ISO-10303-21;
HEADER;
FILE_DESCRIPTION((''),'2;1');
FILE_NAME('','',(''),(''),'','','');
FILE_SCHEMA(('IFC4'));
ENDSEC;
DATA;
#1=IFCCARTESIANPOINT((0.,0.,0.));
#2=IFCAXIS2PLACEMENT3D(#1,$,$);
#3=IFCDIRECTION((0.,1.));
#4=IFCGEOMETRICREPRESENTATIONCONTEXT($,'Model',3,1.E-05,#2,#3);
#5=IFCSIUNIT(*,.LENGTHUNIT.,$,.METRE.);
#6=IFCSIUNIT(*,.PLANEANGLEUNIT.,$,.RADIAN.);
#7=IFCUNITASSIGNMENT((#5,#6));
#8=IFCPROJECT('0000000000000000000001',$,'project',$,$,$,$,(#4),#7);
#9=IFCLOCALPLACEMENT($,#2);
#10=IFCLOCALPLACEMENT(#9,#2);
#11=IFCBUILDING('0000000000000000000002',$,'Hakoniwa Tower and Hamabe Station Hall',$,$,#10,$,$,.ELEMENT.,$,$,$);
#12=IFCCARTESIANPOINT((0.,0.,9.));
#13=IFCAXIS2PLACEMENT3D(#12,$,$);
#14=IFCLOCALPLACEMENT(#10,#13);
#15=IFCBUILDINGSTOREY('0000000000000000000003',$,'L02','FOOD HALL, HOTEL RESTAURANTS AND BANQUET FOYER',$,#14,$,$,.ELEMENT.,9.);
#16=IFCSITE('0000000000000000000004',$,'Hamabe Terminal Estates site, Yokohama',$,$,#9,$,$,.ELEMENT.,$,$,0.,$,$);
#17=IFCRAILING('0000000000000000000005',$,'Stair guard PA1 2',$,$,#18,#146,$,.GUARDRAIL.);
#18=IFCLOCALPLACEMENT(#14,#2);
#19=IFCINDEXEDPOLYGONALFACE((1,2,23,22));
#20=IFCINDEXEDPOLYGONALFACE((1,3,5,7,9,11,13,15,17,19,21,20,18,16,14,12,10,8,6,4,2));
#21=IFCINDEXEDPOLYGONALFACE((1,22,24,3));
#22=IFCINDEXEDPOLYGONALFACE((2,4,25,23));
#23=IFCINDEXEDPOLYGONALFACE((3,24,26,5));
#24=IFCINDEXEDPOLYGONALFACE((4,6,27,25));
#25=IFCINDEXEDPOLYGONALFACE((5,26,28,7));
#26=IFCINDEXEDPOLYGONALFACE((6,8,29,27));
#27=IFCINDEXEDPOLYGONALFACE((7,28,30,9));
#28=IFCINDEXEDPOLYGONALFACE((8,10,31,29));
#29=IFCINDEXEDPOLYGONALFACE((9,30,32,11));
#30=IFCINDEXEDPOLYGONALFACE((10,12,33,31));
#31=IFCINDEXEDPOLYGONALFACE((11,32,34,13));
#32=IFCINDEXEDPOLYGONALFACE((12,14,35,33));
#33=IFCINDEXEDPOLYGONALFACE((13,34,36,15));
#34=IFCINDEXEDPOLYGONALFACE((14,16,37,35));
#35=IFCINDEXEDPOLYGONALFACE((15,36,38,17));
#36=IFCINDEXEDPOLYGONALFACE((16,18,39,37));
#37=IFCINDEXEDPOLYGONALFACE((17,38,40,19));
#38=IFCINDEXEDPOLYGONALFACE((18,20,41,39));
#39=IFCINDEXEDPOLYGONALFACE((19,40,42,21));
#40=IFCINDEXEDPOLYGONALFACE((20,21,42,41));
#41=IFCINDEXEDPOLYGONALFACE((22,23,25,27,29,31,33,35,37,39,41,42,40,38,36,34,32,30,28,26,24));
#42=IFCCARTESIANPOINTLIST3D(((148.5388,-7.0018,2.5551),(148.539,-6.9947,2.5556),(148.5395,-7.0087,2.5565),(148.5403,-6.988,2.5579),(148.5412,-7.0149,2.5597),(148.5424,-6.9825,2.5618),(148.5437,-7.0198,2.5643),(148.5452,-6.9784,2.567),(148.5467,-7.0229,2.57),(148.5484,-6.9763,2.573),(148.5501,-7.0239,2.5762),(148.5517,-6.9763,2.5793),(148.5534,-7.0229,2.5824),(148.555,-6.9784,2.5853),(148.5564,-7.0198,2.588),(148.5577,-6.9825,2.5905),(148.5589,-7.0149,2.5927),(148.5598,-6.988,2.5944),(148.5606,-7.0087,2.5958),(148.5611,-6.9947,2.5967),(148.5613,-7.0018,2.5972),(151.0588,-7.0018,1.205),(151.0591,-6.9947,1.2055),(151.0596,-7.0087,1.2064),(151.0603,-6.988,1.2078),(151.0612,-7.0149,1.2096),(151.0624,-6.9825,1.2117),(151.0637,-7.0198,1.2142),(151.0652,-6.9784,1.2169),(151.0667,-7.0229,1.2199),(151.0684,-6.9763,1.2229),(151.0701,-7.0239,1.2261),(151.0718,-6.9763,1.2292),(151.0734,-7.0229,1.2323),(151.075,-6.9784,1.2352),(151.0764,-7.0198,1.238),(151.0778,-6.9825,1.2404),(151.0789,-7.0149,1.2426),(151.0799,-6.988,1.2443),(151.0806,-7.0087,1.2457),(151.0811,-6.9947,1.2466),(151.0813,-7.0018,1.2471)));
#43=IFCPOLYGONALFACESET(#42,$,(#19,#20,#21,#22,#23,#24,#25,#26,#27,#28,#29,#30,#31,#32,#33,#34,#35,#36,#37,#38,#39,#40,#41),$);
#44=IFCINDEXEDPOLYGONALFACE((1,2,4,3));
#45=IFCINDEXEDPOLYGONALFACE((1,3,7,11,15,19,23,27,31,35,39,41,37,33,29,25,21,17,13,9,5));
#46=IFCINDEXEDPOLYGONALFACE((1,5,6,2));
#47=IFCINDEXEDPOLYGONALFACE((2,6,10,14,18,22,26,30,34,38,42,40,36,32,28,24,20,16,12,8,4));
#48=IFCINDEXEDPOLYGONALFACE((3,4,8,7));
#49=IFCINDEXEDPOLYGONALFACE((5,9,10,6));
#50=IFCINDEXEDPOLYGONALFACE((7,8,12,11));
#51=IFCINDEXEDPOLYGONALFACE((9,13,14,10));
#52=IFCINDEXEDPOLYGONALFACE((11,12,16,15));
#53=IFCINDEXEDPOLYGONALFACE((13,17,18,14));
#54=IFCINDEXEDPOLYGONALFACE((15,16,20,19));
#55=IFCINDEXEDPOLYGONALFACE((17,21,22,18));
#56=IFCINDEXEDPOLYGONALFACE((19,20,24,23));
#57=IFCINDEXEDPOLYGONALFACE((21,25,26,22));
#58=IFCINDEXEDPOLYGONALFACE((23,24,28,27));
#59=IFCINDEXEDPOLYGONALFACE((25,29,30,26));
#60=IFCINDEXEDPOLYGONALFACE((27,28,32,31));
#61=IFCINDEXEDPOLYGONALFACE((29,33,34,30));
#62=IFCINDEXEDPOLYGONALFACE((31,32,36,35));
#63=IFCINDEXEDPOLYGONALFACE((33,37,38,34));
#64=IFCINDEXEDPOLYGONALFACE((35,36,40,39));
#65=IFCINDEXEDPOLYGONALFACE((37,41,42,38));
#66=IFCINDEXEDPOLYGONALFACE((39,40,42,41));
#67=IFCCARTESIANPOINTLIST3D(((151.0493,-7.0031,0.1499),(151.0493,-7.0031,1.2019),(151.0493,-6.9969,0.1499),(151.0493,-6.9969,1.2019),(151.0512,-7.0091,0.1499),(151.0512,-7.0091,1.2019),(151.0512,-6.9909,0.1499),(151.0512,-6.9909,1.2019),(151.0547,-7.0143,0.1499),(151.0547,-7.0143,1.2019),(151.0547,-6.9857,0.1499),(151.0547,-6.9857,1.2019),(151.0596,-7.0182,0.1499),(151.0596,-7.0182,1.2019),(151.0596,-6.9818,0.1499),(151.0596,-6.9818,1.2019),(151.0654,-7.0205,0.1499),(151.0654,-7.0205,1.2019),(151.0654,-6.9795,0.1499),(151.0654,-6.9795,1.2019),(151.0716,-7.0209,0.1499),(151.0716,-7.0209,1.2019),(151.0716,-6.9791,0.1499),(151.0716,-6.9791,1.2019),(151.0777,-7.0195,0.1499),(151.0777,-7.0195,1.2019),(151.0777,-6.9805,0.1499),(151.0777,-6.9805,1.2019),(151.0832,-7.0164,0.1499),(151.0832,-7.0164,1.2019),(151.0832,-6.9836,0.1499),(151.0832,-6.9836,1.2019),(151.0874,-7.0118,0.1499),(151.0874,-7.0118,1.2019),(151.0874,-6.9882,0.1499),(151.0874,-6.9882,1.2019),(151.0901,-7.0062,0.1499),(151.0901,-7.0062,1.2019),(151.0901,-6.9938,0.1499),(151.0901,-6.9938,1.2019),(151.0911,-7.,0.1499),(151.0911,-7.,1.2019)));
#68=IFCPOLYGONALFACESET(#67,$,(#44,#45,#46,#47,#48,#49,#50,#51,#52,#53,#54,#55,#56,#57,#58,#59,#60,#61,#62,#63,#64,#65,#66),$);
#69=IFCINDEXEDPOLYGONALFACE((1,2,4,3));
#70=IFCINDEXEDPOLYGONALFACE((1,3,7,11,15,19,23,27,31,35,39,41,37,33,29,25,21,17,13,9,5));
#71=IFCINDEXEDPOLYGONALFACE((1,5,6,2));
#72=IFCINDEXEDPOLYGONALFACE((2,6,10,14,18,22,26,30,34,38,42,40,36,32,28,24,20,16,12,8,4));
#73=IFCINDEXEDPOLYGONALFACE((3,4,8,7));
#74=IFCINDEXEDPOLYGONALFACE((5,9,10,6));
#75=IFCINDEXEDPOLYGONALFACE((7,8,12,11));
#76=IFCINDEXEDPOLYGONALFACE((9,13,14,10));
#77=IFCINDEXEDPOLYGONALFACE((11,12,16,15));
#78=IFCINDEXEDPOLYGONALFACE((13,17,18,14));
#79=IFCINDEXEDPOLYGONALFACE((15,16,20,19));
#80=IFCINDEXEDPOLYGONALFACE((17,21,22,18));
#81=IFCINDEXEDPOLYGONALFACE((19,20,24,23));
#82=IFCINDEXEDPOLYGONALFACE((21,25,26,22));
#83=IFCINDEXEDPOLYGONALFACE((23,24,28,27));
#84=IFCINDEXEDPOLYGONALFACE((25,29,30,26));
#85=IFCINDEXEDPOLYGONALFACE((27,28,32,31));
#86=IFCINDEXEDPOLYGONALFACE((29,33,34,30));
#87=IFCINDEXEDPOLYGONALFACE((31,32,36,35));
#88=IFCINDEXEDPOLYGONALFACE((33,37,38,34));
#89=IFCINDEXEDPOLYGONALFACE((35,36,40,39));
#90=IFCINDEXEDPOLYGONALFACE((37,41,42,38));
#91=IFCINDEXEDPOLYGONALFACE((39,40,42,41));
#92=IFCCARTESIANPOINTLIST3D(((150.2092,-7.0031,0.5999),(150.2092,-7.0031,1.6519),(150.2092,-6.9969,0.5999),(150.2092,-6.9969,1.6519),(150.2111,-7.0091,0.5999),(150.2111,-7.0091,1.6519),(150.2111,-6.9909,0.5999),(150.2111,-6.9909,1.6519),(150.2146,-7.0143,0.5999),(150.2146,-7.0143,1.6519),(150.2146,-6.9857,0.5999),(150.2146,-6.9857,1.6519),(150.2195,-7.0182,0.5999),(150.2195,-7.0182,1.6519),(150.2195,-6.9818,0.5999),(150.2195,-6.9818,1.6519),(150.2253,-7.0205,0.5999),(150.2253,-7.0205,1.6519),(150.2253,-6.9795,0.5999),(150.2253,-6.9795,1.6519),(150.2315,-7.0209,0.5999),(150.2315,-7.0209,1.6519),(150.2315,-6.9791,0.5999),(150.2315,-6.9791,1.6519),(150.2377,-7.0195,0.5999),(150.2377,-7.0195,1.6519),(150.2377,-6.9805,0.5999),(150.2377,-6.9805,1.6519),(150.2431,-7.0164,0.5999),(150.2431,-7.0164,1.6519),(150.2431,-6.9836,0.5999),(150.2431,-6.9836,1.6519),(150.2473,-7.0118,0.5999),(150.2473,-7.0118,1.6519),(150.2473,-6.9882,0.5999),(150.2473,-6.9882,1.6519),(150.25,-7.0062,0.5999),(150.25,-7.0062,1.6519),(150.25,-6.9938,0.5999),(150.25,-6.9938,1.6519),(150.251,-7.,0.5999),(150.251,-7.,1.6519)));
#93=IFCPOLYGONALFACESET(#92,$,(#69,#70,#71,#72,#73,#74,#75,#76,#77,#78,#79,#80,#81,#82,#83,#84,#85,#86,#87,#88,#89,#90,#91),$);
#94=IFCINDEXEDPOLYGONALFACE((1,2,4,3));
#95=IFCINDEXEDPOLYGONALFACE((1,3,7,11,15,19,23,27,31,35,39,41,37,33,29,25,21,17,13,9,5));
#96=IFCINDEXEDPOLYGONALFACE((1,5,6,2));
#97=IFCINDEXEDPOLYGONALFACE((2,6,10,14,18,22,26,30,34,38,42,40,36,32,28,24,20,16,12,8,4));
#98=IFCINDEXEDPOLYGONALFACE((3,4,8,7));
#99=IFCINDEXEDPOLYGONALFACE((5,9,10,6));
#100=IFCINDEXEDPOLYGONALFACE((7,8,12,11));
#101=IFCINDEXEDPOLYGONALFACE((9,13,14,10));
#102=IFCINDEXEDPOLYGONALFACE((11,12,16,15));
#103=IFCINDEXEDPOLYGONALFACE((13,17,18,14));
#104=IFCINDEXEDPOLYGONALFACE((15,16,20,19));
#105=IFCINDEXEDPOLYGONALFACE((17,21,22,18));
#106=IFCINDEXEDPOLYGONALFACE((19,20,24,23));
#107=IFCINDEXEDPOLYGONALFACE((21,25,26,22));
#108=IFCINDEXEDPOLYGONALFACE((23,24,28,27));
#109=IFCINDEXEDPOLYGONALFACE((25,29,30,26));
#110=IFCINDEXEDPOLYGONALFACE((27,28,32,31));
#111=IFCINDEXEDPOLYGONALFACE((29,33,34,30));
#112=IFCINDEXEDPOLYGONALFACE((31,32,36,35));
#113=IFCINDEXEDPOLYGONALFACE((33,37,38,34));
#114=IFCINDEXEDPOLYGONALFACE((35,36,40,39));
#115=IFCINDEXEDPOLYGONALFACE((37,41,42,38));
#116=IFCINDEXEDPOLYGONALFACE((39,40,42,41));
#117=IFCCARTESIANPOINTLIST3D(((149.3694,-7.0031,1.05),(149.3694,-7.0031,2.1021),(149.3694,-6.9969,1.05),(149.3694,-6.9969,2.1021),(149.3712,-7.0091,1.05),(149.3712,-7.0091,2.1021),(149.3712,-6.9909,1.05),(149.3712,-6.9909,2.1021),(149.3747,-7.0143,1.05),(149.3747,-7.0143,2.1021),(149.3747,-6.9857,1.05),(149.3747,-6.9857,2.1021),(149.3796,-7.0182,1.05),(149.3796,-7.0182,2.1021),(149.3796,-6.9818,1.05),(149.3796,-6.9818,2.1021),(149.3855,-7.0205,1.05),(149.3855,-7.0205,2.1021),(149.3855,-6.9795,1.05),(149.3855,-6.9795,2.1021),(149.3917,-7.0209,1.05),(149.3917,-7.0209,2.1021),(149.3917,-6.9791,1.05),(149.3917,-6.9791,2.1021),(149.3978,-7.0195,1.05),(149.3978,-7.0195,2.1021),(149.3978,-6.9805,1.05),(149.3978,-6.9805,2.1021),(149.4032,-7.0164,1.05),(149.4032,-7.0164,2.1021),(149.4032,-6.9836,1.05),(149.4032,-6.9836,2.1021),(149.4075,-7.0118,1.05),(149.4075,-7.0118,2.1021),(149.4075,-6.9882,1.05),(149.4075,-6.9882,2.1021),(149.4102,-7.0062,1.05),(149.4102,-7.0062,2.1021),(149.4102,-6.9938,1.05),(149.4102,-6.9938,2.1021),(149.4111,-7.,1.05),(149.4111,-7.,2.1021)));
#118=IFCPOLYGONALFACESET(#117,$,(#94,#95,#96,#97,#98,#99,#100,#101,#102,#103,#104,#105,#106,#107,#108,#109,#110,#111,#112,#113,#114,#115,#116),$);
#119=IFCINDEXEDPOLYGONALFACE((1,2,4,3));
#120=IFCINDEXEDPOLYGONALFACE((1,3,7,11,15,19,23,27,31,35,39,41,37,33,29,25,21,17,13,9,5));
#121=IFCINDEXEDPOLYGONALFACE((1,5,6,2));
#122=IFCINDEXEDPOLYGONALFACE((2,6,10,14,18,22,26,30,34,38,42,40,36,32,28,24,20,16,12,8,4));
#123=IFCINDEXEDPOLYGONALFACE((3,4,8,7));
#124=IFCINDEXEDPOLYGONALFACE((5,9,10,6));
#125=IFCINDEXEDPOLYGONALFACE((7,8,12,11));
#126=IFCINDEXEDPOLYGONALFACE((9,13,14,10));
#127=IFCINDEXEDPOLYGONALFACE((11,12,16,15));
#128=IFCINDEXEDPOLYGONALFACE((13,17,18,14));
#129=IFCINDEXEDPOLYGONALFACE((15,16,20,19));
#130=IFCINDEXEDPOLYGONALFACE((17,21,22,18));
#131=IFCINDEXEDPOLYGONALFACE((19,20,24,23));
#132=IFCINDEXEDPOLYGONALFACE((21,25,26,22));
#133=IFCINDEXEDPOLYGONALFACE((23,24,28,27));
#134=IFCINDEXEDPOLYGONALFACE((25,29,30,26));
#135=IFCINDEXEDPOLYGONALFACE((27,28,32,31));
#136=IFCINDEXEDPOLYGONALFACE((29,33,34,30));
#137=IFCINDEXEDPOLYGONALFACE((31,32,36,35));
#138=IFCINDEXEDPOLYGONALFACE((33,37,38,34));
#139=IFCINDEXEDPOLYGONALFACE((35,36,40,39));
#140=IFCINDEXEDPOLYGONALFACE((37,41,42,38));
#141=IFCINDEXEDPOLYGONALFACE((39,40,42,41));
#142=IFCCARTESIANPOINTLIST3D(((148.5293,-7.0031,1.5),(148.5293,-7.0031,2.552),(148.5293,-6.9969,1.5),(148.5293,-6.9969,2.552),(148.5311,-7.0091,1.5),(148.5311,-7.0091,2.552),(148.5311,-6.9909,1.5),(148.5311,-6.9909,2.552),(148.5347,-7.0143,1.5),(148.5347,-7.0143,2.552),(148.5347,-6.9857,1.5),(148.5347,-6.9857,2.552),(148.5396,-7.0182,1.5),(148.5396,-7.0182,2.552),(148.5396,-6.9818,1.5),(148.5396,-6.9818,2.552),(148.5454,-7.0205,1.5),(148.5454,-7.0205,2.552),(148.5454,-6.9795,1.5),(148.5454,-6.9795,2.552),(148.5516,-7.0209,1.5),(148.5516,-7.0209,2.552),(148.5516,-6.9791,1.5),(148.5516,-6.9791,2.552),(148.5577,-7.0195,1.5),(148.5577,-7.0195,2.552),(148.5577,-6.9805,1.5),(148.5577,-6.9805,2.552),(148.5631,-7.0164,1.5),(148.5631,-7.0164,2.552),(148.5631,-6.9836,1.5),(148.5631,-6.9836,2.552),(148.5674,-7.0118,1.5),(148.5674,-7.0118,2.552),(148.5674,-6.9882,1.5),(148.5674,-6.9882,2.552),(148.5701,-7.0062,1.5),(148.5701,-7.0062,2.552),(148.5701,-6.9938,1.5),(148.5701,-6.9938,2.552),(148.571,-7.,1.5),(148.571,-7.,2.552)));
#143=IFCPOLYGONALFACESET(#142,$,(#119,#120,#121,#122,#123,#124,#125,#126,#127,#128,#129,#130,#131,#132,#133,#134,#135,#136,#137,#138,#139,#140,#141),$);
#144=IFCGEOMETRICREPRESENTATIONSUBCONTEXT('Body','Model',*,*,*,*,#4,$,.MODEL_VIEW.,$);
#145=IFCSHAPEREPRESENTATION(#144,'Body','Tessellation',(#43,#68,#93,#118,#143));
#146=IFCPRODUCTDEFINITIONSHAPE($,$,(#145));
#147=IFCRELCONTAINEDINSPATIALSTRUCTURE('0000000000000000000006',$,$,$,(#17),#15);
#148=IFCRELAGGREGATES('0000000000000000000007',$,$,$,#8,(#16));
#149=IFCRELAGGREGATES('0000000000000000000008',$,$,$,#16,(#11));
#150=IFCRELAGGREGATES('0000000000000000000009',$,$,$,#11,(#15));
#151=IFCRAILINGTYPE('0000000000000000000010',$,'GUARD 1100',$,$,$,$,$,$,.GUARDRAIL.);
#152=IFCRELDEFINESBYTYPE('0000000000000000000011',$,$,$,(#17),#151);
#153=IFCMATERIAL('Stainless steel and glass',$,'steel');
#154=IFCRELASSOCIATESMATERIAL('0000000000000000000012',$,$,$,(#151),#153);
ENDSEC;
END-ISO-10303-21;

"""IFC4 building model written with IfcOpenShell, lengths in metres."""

from ifc_helpers import new_model, si_unit, direction, frame, origin, origin_2d, place, context, subcontext, project, spatial, circle, extrude, material, type_object, element, save


model = new_model("IFC4")

# Units and contexts
model_context = context("Model", 3, precision=1e-05, world=origin(), true_north=direction((0.0, 1.0)))
body_context = subcontext(model_context, "Body", "Model", "MODEL_VIEW")
ifc_project = project(units=[si_unit("LENGTHUNIT", "METRE"), si_unit("PLANEANGLEUNIT", "RADIAN")], contexts=[model_context])

# Site, building, storey
site_placement = place(None, origin())
site = spatial("IfcSite", under=ifc_project, at=site_placement, Name="Hamabe Terminal Estates site, Yokohama", CompositionType="ELEMENT", RefElevation=0.0)
building_placement = place(site_placement, origin())
building = spatial("IfcBuilding", under=site, at=building_placement, Name="Hakoniwa Tower and Hamabe Station Hall", CompositionType="ELEMENT")
storey_placement = place(building_placement, frame((0.0, 0.0, 9.0)))
storey = spatial("IfcBuildingStorey", under=building, at=storey_placement, Name="L02", Description="FOOD HALL, HOTEL RESTAURANTS AND BANQUET FOYER", CompositionType="ELEMENT", Elevation=9.0)

# Railing
ifc_material_1 = material(Name="Stainless steel and glass", Category="steel")
railing_type_1 = type_object("IfcRailingType", Name="GUARD 1100", PredefinedType="GUARDRAIL", material=ifc_material_1)
railing_1_placement = place(storey_placement, frame((151.0701, -7.0, 0.1499)))
element("IfcRailing", 1, at=railing_1_placement, inside=storey, type_object=railing_type_1, Name="Stair guard PA1 2", PredefinedType="GUARDRAIL", context=body_context, shape_type="SweptSolid", body=[
    extrude(circle(Radius=0.0239, at=origin_2d()), frame((0.0, 0.0, 1.0762), z_axis=(-0.881467, 0.0, 0.472245), x_axis=(0.0, -1.0, 0.0)), (0.0, 0.0, 1.0), 2.8589),
    extrude(circle(Radius=0.021, at=origin_2d()), origin(), (0.0, 0.0, 1.0), 1.052),
    extrude(circle(Radius=0.021, at=origin_2d()), frame((-0.8401, 0.0, 0.45)), (0.0, 0.0, 1.0), 1.052),
    extrude(circle(Radius=0.021, at=origin_2d()), frame((-1.6799, 0.0, 0.9001)), (0.0, 0.0, 1.0), 1.052),
    extrude(circle(Radius=0.021, at=origin_2d()), frame((-2.52, 0.0, 1.3501)), (0.0, 0.0, 1.0), 1.052),
])

save(model, "model.ifc")
